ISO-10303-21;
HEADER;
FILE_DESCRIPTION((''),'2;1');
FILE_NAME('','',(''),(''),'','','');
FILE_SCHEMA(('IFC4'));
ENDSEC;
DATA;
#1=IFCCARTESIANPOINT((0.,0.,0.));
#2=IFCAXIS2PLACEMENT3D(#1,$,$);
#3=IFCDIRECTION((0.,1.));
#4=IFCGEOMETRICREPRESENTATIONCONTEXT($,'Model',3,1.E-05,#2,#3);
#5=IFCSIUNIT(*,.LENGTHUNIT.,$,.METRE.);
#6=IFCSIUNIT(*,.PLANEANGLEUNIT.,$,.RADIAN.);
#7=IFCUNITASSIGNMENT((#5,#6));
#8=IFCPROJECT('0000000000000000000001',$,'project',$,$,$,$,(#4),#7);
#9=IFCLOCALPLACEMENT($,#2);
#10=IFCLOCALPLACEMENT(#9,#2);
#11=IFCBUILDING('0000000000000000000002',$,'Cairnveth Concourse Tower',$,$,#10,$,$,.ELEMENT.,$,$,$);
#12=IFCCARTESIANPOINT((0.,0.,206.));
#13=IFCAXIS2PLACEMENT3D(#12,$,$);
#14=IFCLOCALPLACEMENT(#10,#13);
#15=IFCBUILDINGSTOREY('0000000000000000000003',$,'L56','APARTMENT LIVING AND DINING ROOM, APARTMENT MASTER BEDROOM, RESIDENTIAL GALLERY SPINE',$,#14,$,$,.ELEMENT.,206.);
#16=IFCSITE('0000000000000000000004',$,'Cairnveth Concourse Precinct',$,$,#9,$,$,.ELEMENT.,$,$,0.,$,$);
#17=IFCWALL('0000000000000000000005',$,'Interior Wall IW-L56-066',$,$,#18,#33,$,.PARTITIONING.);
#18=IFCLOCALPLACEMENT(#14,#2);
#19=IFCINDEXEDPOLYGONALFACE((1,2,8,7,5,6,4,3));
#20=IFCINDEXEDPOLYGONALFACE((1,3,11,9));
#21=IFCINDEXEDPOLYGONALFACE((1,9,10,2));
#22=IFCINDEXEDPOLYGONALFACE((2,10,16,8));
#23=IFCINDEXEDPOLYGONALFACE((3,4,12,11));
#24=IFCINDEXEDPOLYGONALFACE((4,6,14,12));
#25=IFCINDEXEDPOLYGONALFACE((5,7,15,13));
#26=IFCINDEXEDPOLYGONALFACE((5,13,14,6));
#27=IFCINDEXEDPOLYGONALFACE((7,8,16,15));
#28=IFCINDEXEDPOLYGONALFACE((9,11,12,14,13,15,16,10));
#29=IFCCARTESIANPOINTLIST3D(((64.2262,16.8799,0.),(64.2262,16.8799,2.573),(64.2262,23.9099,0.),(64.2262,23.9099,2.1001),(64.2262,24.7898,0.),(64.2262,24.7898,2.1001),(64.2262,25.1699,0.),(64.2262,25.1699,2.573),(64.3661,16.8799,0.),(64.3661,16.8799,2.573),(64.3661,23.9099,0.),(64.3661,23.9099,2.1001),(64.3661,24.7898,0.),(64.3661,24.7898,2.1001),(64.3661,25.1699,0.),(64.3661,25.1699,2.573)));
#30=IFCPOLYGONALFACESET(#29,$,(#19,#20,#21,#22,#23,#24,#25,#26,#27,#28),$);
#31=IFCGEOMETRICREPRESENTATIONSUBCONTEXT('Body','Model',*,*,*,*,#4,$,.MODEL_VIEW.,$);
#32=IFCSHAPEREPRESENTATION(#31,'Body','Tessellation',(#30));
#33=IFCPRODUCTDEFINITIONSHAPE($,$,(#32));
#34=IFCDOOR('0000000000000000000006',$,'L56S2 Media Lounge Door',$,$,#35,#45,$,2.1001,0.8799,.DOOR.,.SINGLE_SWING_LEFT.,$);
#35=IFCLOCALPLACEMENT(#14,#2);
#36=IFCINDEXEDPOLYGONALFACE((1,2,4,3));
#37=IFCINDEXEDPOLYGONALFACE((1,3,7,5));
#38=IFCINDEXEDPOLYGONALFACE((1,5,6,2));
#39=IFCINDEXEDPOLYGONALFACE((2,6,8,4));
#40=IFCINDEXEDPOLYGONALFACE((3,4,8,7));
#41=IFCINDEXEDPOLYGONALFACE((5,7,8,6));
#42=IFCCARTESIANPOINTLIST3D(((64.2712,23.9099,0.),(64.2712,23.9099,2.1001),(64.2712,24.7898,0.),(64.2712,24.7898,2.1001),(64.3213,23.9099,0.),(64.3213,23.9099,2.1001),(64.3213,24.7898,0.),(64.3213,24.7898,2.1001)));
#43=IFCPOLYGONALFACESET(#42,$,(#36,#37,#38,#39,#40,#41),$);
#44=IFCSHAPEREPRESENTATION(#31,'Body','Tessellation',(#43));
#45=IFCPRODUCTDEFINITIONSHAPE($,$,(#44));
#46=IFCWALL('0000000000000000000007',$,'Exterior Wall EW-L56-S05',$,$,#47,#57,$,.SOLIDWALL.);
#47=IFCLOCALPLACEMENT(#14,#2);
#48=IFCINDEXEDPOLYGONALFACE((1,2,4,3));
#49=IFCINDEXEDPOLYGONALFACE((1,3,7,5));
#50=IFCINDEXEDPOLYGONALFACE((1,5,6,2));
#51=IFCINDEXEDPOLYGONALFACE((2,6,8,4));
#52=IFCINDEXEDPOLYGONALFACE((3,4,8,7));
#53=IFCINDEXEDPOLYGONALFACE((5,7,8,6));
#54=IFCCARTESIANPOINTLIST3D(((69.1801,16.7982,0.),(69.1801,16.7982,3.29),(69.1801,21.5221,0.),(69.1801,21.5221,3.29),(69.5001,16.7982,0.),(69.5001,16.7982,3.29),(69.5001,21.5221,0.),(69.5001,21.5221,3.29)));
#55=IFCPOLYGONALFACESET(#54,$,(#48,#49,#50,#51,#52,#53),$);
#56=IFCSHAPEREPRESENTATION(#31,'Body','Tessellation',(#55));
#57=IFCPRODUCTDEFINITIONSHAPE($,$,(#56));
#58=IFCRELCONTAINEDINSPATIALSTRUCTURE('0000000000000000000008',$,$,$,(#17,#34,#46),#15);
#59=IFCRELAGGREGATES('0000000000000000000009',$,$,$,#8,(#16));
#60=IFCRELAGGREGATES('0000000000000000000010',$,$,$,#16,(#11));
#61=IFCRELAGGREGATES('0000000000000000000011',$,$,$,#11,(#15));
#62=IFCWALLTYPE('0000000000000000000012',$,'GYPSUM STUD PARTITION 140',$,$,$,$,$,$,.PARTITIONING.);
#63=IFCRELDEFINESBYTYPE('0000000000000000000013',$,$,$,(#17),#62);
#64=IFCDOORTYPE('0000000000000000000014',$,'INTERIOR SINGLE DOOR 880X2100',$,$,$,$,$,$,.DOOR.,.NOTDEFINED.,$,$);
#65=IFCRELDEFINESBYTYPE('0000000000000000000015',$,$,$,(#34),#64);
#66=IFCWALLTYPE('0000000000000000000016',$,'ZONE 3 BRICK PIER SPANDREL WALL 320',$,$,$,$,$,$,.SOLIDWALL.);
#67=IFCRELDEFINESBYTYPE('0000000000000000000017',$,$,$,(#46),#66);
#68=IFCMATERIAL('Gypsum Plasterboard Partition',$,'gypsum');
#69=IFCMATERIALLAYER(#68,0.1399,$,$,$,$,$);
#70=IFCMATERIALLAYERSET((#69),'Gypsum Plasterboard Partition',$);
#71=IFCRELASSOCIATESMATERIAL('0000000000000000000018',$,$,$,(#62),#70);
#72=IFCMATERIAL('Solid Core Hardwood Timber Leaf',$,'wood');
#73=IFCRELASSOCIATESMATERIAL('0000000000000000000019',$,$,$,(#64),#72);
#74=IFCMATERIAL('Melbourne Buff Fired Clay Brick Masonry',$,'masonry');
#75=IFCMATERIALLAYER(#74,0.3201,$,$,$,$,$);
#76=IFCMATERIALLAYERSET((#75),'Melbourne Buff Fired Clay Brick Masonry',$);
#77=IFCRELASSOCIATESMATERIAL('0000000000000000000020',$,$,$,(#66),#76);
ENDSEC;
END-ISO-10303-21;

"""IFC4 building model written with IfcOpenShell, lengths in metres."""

from ifc_helpers import new_model, si_unit, direction, frame, frame_2d, origin, place, context, subcontext, project, spatial, rectangle, extrude, material, layer, layer_set, type_object, element, fill, save


model = new_model("IFC4")

# Units and contexts
model_context = context("Model", 3, precision=1e-05, world=origin(), true_north=direction((0.0, 1.0)))
body_context = subcontext(model_context, "Body", "Model", "MODEL_VIEW")
ifc_project = project(units=[si_unit("LENGTHUNIT", "METRE"), si_unit("PLANEANGLEUNIT", "RADIAN")], contexts=[model_context])

# Site, building, storey
site_placement = place(None, origin())
site = spatial("IfcSite", under=ifc_project, at=site_placement, Name="Cairnveth Concourse Precinct", CompositionType="ELEMENT", RefElevation=0.0)
building_placement = place(site_placement, origin())
building = spatial("IfcBuilding", under=site, at=building_placement, Name="Cairnveth Concourse Tower", CompositionType="ELEMENT")
storey_placement = place(building_placement, frame((0.0, 0.0, 206.0)))
storey = spatial("IfcBuildingStorey", under=building, at=storey_placement, Name="L56", Description="APARTMENT LIVING AND DINING ROOM, APARTMENT MASTER BEDROOM, RESIDENTIAL GALLERY SPINE", CompositionType="ELEMENT", Elevation=206.0)

# Wall, opening, door
ifc_material_1 = material(Name="Gypsum Plasterboard Partition", Category="gypsum")
ifc_layer_1 = layer(ifc_material_1, 0.1399)
ifc_layer_set_1 = layer_set([ifc_layer_1], Name="Gypsum Plasterboard Partition")
wall_type_1 = type_object("IfcWallType", Name="GYPSUM STUD PARTITION 140", PredefinedType="PARTITIONING", material=ifc_layer_set_1)
ifc_material_2 = material(Name="Solid Core Hardwood Timber Leaf", Category="wood")
door_type = type_object("IfcDoorType", Name="INTERIOR SINGLE DOOR 880X2100", OperationType="NOTDEFINED", PredefinedType="DOOR", material=ifc_material_2)
wall_1_placement = place(storey_placement, frame((64.2961, 16.8799, 0.0), z_axis=(0.0, 0.0, 1.0), x_axis=(0.0, 1.0, 0.0)))
wall_1 = element("IfcWall", 1, at=wall_1_placement, inside=storey, type_object=wall_type_1, Name="Interior Wall IW-L56-066", PredefinedType="PARTITIONING", context=body_context, shape_type="SweptSolid", body=[
    extrude(rectangle(XDim=8.29, YDim=0.1399, at=frame_2d((4.145, 0.0))), origin(), (0.0, 0.0, 1.0), 2.573),
])
opening_1_placement = place(wall_1_placement, frame((7.03, 0.0, 0.0)))
opening_1 = element("IfcOpeningElement", 2, at=opening_1_placement, cuts=wall_1, PredefinedType="OPENING", context=body_context, shape_type="SweptSolid", body=[
    extrude(rectangle(XDim=0.8799, YDim=2.1001, at=frame_2d((0.4399, 1.05))), frame((0.0, 0.0798, 0.0), z_axis=(0.0, -1.0, 0.0), x_axis=(1.0, 0.0, 0.0)), (0.0, 0.0, 1.0), 0.1599),
])
door_1_placement = place(opening_1_placement, origin())
door_1 = element("IfcDoor", 3, at=door_1_placement, inside=storey, type_object=door_type, Name="L56S2 Media Lounge Door", OperationType="SINGLE_SWING_LEFT", OverallHeight=2.1001, OverallWidth=0.8799, PredefinedType="DOOR", context=body_context, shape_type="SweptSolid", body=[
    extrude(rectangle(XDim=0.8799, YDim=2.1001, at=frame_2d((0.4399, 1.05))), frame((0.0, 0.0249, 0.0), z_axis=(0.0, -1.0, 0.0), x_axis=(1.0, 0.0, 0.0)), (0.0, 0.0, 1.0), 0.05),
])
fill(opening_1, door_1)

# Wall
ifc_material_3 = material(Name="Melbourne Buff Fired Clay Brick Masonry", Category="masonry")
ifc_layer_2 = layer(ifc_material_3, 0.3201)
ifc_layer_set_2 = layer_set([ifc_layer_2], Name="Melbourne Buff Fired Clay Brick Masonry")
wall_type_2 = type_object("IfcWallType", Name="ZONE 3 BRICK PIER SPANDREL WALL 320", PredefinedType="SOLIDWALL", material=ifc_layer_set_2)
wall_2_placement = place(storey_placement, frame((69.3401, 21.522, 0.0), z_axis=(0.0, 0.0, 1.0), x_axis=(0.0, -1.0, 0.0)))
element("IfcWall", 4, at=wall_2_placement, inside=storey, type_object=wall_type_2, Name="Exterior Wall EW-L56-S05", PredefinedType="SOLIDWALL", context=body_context, shape_type="SweptSolid", body=[
    extrude(rectangle(XDim=4.7239, YDim=0.3201, at=frame_2d((2.3618, 0.0))), origin(), (0.0, 0.0, 1.0), 3.29),
])

save(model, "model.ifc")
